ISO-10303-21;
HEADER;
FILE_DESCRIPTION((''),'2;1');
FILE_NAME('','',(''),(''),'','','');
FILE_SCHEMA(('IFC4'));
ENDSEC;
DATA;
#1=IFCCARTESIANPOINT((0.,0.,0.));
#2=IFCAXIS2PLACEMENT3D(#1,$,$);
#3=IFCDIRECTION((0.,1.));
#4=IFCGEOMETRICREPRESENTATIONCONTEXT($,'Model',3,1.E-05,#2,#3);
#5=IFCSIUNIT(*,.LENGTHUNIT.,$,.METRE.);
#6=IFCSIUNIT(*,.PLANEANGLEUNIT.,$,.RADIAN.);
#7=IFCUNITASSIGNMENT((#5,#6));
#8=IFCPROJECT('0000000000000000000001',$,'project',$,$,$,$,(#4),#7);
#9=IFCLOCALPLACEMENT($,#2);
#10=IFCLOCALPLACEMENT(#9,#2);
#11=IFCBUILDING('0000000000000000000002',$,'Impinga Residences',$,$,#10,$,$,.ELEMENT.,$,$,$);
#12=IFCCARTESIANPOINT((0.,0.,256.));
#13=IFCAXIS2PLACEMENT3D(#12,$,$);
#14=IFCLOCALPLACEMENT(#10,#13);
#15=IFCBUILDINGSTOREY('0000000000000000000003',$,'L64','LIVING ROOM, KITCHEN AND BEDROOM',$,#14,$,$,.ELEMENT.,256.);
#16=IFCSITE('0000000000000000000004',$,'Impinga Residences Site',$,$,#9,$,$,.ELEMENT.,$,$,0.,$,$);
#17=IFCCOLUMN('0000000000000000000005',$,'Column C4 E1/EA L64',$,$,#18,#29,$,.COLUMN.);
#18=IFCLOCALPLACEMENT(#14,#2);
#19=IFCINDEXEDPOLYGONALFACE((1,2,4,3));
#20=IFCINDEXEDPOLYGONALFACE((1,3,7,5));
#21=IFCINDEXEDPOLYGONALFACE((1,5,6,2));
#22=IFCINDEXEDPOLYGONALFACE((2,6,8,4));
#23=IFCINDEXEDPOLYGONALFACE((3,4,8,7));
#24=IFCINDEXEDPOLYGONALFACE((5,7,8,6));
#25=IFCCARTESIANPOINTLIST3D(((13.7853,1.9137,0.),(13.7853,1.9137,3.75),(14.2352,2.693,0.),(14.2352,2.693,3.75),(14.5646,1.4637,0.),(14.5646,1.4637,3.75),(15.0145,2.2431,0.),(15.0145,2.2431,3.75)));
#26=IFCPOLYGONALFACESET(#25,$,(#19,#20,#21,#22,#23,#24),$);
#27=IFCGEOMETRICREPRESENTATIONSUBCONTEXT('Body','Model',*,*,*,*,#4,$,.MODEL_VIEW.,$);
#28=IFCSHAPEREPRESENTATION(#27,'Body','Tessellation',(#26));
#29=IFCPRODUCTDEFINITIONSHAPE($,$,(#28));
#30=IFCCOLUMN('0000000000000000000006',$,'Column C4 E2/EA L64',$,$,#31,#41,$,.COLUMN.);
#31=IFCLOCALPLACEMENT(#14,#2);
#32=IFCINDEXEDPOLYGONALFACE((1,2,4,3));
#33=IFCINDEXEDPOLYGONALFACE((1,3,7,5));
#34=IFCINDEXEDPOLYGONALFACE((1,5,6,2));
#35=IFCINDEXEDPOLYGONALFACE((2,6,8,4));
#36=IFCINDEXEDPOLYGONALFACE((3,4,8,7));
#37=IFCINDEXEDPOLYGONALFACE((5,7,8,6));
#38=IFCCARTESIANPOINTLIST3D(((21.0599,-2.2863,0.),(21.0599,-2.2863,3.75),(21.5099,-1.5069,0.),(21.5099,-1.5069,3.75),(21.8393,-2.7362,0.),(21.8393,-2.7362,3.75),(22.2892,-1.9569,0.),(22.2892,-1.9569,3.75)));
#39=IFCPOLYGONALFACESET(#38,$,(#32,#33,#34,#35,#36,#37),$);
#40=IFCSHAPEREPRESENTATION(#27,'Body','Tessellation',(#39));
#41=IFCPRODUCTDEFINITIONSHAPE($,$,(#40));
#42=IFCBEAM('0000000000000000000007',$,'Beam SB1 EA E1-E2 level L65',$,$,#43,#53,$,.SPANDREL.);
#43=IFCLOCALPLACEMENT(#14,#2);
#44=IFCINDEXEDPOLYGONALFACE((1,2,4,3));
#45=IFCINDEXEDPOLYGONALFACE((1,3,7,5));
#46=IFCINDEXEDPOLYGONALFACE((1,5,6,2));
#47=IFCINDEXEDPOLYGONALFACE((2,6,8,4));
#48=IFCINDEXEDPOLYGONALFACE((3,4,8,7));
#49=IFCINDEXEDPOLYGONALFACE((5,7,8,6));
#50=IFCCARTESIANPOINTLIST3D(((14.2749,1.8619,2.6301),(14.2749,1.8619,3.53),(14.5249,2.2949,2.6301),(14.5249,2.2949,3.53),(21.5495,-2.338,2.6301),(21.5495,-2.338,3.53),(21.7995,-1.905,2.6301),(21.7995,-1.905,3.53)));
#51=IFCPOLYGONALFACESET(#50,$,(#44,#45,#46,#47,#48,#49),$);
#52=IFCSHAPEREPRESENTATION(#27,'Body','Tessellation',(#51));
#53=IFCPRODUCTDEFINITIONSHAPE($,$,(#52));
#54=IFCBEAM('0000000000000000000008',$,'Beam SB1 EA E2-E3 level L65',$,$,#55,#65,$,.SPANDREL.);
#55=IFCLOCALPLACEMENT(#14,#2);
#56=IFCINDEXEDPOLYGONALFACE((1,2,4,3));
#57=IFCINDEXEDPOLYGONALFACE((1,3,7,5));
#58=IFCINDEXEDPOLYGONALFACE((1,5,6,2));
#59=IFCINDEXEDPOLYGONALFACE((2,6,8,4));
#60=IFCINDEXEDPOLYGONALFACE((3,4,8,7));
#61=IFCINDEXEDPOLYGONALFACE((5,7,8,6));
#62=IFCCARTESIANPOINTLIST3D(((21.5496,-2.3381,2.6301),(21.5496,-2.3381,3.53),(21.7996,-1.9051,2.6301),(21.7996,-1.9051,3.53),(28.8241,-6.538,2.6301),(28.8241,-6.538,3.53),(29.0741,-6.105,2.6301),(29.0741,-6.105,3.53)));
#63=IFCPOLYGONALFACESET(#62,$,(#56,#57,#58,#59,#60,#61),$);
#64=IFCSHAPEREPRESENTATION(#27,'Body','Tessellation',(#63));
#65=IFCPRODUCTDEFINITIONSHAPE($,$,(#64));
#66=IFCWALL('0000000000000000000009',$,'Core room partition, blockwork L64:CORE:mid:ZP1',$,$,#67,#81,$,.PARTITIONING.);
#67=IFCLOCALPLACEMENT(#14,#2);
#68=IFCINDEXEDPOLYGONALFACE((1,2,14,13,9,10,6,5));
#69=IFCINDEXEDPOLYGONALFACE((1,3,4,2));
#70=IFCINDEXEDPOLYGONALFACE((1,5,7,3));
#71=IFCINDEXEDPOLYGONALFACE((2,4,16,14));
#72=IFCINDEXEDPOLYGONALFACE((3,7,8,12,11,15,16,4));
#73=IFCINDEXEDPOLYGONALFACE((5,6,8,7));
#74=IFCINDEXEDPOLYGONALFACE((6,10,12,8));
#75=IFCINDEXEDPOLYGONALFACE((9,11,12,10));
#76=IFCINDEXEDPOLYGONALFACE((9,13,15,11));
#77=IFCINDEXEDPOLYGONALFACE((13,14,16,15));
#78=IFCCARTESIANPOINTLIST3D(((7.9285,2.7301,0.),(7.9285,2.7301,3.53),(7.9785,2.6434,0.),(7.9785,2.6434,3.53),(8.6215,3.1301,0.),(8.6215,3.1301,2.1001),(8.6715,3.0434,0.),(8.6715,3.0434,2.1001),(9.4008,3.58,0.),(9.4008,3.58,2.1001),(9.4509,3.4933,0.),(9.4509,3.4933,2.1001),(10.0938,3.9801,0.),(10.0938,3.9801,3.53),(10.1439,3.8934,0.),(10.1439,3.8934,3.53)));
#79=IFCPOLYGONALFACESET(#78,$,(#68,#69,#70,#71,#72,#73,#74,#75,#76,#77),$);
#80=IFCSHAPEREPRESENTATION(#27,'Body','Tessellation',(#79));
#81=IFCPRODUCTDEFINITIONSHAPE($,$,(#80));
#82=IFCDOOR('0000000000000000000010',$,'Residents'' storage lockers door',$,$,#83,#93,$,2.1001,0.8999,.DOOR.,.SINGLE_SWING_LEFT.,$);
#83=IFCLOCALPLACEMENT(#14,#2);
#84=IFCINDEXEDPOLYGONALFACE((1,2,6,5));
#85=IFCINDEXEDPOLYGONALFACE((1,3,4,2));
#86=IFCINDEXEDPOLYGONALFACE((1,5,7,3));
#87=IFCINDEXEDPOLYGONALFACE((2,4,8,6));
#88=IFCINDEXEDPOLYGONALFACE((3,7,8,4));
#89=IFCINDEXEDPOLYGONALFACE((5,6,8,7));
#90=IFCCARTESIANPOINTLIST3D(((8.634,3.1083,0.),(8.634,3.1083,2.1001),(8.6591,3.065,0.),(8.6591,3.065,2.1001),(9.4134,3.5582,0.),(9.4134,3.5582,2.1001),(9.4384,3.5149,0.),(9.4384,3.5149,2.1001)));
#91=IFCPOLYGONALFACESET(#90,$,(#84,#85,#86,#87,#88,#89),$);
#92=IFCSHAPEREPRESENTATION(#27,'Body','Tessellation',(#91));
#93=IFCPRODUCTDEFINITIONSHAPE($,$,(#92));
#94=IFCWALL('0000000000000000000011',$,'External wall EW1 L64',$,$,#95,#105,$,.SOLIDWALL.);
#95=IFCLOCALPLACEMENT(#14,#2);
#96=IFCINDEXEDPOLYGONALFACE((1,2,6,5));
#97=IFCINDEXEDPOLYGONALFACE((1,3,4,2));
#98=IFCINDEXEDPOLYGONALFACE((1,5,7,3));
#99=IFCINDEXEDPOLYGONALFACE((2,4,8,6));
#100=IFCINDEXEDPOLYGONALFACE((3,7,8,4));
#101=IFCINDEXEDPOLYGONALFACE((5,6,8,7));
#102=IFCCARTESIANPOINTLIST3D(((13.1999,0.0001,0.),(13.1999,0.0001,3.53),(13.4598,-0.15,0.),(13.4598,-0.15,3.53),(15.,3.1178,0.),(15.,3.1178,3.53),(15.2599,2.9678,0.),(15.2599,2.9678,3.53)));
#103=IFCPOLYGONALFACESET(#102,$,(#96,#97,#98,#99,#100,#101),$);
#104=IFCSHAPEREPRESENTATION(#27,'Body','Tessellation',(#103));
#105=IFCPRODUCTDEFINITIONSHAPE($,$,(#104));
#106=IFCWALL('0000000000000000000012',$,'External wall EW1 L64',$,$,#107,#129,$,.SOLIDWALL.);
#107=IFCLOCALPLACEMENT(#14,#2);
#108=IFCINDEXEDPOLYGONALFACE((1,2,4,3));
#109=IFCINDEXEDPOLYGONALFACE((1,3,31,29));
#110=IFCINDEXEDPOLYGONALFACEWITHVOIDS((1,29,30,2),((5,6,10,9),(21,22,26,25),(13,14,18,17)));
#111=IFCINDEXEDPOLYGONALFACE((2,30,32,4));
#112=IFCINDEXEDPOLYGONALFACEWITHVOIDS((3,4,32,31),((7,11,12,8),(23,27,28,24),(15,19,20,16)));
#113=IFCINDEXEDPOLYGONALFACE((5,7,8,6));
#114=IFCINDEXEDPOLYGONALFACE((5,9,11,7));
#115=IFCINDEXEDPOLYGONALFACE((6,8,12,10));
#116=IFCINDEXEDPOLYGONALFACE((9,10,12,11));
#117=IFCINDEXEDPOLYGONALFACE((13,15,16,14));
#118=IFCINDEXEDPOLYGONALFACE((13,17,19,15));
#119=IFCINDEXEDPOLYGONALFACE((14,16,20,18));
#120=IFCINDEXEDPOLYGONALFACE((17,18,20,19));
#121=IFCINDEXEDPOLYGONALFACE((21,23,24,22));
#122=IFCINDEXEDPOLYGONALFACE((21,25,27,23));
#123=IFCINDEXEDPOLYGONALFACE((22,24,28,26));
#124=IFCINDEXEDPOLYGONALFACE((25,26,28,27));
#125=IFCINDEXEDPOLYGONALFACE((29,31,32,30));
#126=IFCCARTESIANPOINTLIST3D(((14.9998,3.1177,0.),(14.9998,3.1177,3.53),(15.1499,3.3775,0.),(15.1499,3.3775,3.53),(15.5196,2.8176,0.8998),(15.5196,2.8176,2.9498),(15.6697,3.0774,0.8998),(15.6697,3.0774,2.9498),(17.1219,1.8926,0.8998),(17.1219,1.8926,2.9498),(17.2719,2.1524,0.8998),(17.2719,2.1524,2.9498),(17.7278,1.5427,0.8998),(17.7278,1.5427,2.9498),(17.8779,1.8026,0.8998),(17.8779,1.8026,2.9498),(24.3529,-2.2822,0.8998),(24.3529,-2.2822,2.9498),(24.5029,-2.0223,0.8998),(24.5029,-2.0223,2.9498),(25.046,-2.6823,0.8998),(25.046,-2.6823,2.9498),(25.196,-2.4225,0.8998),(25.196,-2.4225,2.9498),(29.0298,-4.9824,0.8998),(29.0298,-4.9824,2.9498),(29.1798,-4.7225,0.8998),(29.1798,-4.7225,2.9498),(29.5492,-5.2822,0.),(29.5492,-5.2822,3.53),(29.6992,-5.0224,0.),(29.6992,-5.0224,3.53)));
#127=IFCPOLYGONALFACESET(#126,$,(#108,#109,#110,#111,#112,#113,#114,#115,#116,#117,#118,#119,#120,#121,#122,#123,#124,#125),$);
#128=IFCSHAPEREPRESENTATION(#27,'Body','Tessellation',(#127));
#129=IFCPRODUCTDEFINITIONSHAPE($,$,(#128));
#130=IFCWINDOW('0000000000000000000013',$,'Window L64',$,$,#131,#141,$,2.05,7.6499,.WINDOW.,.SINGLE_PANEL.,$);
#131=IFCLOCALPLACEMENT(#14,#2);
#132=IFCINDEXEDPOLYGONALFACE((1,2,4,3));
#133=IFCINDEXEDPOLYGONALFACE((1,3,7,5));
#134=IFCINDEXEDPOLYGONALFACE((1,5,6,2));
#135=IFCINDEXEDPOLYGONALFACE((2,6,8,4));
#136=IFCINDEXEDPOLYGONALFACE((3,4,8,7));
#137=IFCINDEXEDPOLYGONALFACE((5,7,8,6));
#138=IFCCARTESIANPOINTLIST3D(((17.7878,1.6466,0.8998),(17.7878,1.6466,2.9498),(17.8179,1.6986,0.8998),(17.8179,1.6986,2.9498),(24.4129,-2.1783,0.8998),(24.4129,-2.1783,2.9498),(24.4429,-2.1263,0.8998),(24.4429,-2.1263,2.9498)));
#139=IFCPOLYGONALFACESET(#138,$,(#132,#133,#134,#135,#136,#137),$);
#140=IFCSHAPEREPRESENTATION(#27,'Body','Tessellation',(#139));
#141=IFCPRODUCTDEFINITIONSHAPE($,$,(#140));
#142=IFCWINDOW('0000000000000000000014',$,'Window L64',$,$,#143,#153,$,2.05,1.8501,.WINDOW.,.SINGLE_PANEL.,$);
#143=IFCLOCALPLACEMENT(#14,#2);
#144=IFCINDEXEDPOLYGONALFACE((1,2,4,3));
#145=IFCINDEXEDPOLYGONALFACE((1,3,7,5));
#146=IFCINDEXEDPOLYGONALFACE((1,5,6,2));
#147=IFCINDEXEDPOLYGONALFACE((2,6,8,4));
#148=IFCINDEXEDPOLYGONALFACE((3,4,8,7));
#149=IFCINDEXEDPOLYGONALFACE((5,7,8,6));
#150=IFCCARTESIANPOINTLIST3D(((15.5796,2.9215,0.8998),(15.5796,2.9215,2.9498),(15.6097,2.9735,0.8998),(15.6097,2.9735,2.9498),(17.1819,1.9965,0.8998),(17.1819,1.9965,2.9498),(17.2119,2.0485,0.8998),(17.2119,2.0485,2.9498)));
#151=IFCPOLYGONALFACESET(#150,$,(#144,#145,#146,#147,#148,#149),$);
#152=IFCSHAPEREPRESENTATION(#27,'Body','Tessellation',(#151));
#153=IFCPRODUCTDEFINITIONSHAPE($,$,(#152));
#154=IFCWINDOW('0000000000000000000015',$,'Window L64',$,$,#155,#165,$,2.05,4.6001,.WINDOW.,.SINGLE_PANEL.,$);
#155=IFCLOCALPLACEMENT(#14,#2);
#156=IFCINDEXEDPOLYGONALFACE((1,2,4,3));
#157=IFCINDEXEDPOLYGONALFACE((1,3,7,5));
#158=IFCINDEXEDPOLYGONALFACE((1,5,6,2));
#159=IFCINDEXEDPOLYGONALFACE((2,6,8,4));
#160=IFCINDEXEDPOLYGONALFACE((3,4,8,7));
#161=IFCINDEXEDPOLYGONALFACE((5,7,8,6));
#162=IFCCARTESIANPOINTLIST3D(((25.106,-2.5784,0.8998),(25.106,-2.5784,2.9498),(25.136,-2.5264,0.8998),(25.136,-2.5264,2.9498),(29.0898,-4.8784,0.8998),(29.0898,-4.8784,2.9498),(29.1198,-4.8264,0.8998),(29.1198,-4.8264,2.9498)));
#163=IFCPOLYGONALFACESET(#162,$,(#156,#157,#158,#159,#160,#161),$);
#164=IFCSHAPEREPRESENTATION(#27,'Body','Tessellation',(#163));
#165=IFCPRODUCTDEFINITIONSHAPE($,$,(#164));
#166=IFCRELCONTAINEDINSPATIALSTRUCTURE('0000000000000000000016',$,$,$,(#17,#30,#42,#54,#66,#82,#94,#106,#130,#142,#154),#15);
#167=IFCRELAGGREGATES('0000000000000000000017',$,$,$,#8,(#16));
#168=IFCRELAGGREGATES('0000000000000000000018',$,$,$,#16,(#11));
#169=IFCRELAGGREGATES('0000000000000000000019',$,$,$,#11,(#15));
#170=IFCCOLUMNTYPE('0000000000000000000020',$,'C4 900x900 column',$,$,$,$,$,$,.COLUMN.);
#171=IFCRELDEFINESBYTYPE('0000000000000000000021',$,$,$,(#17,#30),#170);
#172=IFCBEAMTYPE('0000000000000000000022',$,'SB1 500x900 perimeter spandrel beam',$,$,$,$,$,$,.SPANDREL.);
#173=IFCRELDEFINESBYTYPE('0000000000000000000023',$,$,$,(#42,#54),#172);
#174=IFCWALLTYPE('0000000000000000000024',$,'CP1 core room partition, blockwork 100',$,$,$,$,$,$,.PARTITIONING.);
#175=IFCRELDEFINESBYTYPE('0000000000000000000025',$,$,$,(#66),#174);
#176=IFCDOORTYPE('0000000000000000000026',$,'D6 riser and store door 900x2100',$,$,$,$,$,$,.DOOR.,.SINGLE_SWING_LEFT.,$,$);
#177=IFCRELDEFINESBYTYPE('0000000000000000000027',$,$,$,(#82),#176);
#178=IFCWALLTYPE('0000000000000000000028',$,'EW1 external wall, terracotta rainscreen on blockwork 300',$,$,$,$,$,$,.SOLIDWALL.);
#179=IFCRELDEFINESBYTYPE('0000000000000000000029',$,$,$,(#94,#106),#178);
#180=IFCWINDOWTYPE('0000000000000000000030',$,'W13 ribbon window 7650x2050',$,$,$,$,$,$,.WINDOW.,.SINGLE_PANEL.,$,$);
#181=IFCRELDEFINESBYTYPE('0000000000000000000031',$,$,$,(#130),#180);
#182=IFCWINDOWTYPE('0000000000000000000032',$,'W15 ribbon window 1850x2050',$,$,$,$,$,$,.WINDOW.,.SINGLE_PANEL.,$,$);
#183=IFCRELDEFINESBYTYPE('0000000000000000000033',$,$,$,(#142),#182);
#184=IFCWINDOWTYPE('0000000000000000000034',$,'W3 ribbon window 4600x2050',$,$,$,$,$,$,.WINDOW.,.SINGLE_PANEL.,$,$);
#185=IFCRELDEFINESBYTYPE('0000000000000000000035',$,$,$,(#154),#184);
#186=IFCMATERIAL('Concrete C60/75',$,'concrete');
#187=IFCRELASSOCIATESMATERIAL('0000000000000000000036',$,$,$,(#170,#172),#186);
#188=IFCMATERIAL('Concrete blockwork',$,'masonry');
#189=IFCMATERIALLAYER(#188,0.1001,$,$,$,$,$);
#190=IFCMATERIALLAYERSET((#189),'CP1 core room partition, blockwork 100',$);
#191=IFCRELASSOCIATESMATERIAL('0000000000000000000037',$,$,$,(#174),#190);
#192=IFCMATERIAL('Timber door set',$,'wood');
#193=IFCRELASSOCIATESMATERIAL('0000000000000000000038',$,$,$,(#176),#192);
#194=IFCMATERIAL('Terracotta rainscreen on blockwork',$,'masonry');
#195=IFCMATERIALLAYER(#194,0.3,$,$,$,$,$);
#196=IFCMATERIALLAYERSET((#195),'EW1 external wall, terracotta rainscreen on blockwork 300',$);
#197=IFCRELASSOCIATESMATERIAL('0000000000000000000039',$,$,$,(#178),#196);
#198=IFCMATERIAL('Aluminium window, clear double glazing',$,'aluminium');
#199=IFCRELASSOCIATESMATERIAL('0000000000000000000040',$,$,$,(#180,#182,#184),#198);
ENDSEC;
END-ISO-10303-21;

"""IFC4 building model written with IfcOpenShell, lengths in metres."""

from ifc_helpers import new_model, si_unit, direction, frame, frame_2d, origin, origin_2d, place, context, subcontext, project, spatial, rectangle, extrude, material, layer, layer_set, material_profile, profile_set, type_object, element, fill, save


model = new_model("IFC4")

# Units and contexts
model_context = context("Model", 3, precision=1e-05, world=origin(), true_north=direction((0.0, 1.0)))
body_context = subcontext(model_context, "Body", "Model", "MODEL_VIEW")
ifc_project = project(units=[si_unit("LENGTHUNIT", "METRE"), si_unit("PLANEANGLEUNIT", "RADIAN")], contexts=[model_context])

# Site, building, storey
site_placement = place(None, origin())
site = spatial("IfcSite", under=ifc_project, at=site_placement, Name="Impinga Residences Site", CompositionType="ELEMENT", RefElevation=0.0)
building_placement = place(site_placement, origin())
building = spatial("IfcBuilding", under=site, at=building_placement, Name="Impinga Residences", CompositionType="ELEMENT")
storey_placement = place(building_placement, frame((0.0, 0.0, 256.0)))
storey = spatial("IfcBuildingStorey", under=building, at=storey_placement, Name="L64", Description="LIVING ROOM, KITCHEN AND BEDROOM", CompositionType="ELEMENT", Elevation=256.0)

# Columns
ifc_material_1 = material(Name="Concrete C60/75", Category="concrete")
ifc_material_profile_1 = material_profile(ifc_material_1, rectangle(XDim=0.8999, YDim=0.8999, at=origin_2d()), Name="RC 900x900")
ifc_profile_set_1 = profile_set([ifc_material_profile_1], Name="Concrete C60/75")
column_type = type_object("IfcColumnType", Name="C4 900x900 column", PredefinedType="COLUMN", material=ifc_profile_set_1)
for number, where, z_axis, x_axis, name in (
    (1, (14.3999, 2.0784, 0.0), (0.0, 0.0, 1.0), (-0.5, -0.866025, 0.0), "Column C4 E1/EA L64"),
    (2, (21.6746, -2.1216, 0.0), (0.0, 0.0, 1.0), (-0.5, -0.866025, 0.0), "Column C4 E2/EA L64"),
):
    element("IfcColumn", number, at=place(storey_placement, frame(where, z_axis=z_axis, x_axis=x_axis)), inside=storey, type_object=column_type, Name=name, PredefinedType="COLUMN", context=body_context, shape_type="SweptSolid", body=[
        extrude(rectangle(XDim=0.8999, YDim=0.8999, at=origin_2d()), origin(), (0.0, 0.0, 1.0), 3.75),
    ])

# Beams
ifc_material_profile_2 = material_profile(ifc_material_1, rectangle(XDim=0.5, YDim=0.8999, at=origin_2d()), Name="RC 500x900")
ifc_profile_set_2 = profile_set([ifc_material_profile_2], Name="Concrete C60/75")
beam_type = type_object("IfcBeamType", Name="SB1 500x900 perimeter spandrel beam", PredefinedType="SPANDREL", material=ifc_profile_set_2)
for number, where, z_axis, x_axis, name in (
    (3, (14.3999, 2.0784, 3.0801), (0.866029, -0.499993, 0.0), (0.499993, 0.866029, 0.0), "Beam SB1 EA E1-E2 level L65"),
    (4, (21.6746, -2.1216, 3.0801), (0.866029, -0.499993, 0.0), (0.499993, 0.866029, 0.0), "Beam SB1 EA E2-E3 level L65"),
):
    element("IfcBeam", number, at=place(storey_placement, frame(where, z_axis=z_axis, x_axis=x_axis)), inside=storey, type_object=beam_type, Name=name, PredefinedType="SPANDREL", context=body_context, shape_type="SweptSolid", body=[
        extrude(rectangle(XDim=0.5, YDim=0.8999, at=origin_2d()), origin(), (0.0, 0.0, 1.0), 8.3999),
    ])

# Wall, opening, door
ifc_material_2 = material(Name="Concrete blockwork", Category="masonry")
ifc_layer_1 = layer(ifc_material_2, 0.1001)
ifc_layer_set_1 = layer_set([ifc_layer_1], Name="CP1 core room partition, blockwork 100")
wall_type_1 = type_object("IfcWallType", Name="CP1 core room partition, blockwork 100", PredefinedType="PARTITIONING", material=ifc_layer_set_1)
wall_1_placement = place(storey_placement, frame((7.9536, 2.6868, 0.0), z_axis=(0.0, 0.0, 1.0), x_axis=(0.866047, 0.499962, 0.0)))
wall_1 = element("IfcWall", 5, at=wall_1_placement, inside=storey, type_object=wall_type_1, Name="Core room partition, blockwork L64:CORE:mid:ZP1", PredefinedType="PARTITIONING", context=body_context, shape_type="SweptSolid", body=[
    extrude(rectangle(XDim=2.5002, YDim=0.1001, at=frame_2d((1.25, 0.0))), origin(), (0.0, 0.0, 1.0), 3.53),
])
opening_1_placement = place(wall_1_placement, frame((0.8, 0.0, 0.0)))
opening_1 = element("IfcOpeningElement", 6, at=opening_1_placement, cuts=wall_1, PredefinedType="OPENING", context=body_context, shape_type="SweptSolid", body=[
    extrude(rectangle(XDim=0.8999, YDim=2.1001, at=frame_2d((0.45, 1.05))), frame((0.0, 0.0601, 0.0), z_axis=(0.0, -1.0, 0.0), x_axis=(1.0, 0.0, 0.0)), (0.0, 0.0, 1.0), 0.1201),
])
ifc_material_3 = material(Name="Timber door set", Category="wood")
door_type_1 = type_object("IfcDoorType", Name="D6 riser and store door 900x2100", OperationType="SINGLE_SWING_LEFT", PredefinedType="DOOR", material=ifc_material_3)
door_1_placement = place(opening_1_placement, origin())
door_1 = element("IfcDoor", 7, at=door_1_placement, inside=storey, type_object=door_type_1, Name="Residents' storage lockers door", OperationType="SINGLE_SWING_LEFT", OverallHeight=2.1001, OverallWidth=0.8999, PredefinedType="DOOR", context=body_context, shape_type="SweptSolid", body=[
    extrude(rectangle(XDim=0.8999, YDim=2.1001, at=frame_2d((0.45, 1.05))), frame((0.0, 0.0249, 0.0), z_axis=(0.0, -1.0, 0.0), x_axis=(1.0, 0.0, 0.0)), (0.0, 0.0, 1.0), 0.05),
])
fill(opening_1, door_1)

# Wall
ifc_material_4 = material(Name="Terracotta rainscreen on blockwork", Category="masonry")
ifc_layer_2 = layer(ifc_material_4, 0.3)
ifc_layer_set_2 = layer_set([ifc_layer_2], Name="EW1 external wall, terracotta rainscreen on blockwork 300")
wall_type_2 = type_object("IfcWallType", Name="EW1 external wall, terracotta rainscreen on blockwork 300", PredefinedType="SOLIDWALL", material=ifc_layer_set_2)
wall_2_placement = place(storey_placement, frame((13.3298, -0.075, 0.0), z_axis=(0.0, 0.0, 1.0), x_axis=(0.500012, 0.866018, 0.0)))
element("IfcWall", 8, at=wall_2_placement, inside=storey, type_object=wall_type_2, Name="External wall EW1 L64", PredefinedType="SOLIDWALL", context=body_context, shape_type="SweptSolid", body=[
    extrude(rectangle(XDim=3.6001, YDim=0.3, at=frame_2d((1.8, 0.0))), origin(), (0.0, 0.0, 1.0), 3.53),
])

# Wall, openings, windows
wall_3_placement = place(storey_placement, frame((15.075, 3.2476, 0.0), z_axis=(0.0, 0.0, 1.0), x_axis=(0.866029, -0.499993, 0.0)))
wall_3 = element("IfcWall", 9, at=wall_3_placement, inside=storey, type_object=wall_type_2, Name="External wall EW1 L64", PredefinedType="SOLIDWALL", context=body_context, shape_type="SweptSolid", body=[
    extrude(rectangle(XDim=16.8, YDim=0.3, at=frame_2d((8.3999, 0.0))), origin(), (0.0, 0.0, 1.0), 3.53),
])
opening_2_placement = place(wall_3_placement, frame((0.6001, 0.0, 0.8999)))
opening_2 = element("IfcOpeningElement", 10, at=opening_2_placement, cuts=wall_3, PredefinedType="OPENING", context=body_context, shape_type="SweptSolid", body=[
    extrude(rectangle(XDim=1.8501, YDim=2.05, at=frame_2d((0.925, 1.0249))), frame((0.0, 0.1599, 0.0), z_axis=(0.0, -1.0, 0.0), x_axis=(1.0, 0.0, 0.0)), (0.0, 0.0, 1.0), 0.3201),
])
opening_3_placement = place(wall_3_placement, frame((3.1499, 0.0, 0.8999)))
opening_3 = element("IfcOpeningElement", 11, at=opening_3_placement, cuts=wall_3, PredefinedType="OPENING", context=body_context, shape_type="SweptSolid", body=[
    extrude(rectangle(XDim=7.6499, YDim=2.05, at=frame_2d((3.825, 1.0249))), frame((0.0, 0.1599, 0.0), z_axis=(0.0, -1.0, 0.0), x_axis=(1.0, 0.0, 0.0)), (0.0, 0.0, 1.0), 0.3201),
])
opening_4_placement = place(wall_3_placement, frame((11.6001, 0.0, 0.8999)))
opening_4 = element("IfcOpeningElement", 12, at=opening_4_placement, cuts=wall_3, PredefinedType="OPENING", context=body_context, shape_type="SweptSolid", body=[
    extrude(rectangle(XDim=4.6001, YDim=2.05, at=frame_2d((2.3, 1.0249))), frame((0.0, 0.1599, 0.0), z_axis=(0.0, -1.0, 0.0), x_axis=(1.0, 0.0, 0.0)), (0.0, 0.0, 1.0), 0.3201),
])
ifc_material_5 = material(Name="Aluminium window, clear double glazing", Category="aluminium")
window_type_1 = type_object("IfcWindowType", Name="W13 ribbon window 7650x2050", PartitioningType="SINGLE_PANEL", PredefinedType="WINDOW", material=ifc_material_5)
window_1_placement = place(opening_3_placement, origin())
window_1 = element("IfcWindow", 13, at=window_1_placement, inside=storey, type_object=window_type_1, Name="Window L64", OverallHeight=2.05, OverallWidth=7.6499, PartitioningType="SINGLE_PANEL", PredefinedType="WINDOW", context=body_context, shape_type="SweptSolid", body=[
    extrude(rectangle(XDim=7.6499, YDim=2.05, at=frame_2d((3.825, 1.0249))), frame((0.0, 0.03, 0.0), z_axis=(0.0, -1.0, 0.0), x_axis=(1.0, 0.0, 0.0)), (0.0, 0.0, 1.0), 0.0601),
])
fill(opening_3, window_1)
window_type_2 = type_object("IfcWindowType", Name="W15 ribbon window 1850x2050", PartitioningType="SINGLE_PANEL", PredefinedType="WINDOW", material=ifc_material_5)
window_2_placement = place(opening_2_placement, origin())
window_2 = element("IfcWindow", 14, at=window_2_placement, inside=storey, type_object=window_type_2, Name="Window L64", OverallHeight=2.05, OverallWidth=1.8501, PartitioningType="SINGLE_PANEL", PredefinedType="WINDOW", context=body_context, shape_type="SweptSolid", body=[
    extrude(rectangle(XDim=1.8501, YDim=2.05, at=frame_2d((0.925, 1.0249))), frame((0.0, 0.03, 0.0), z_axis=(0.0, -1.0, 0.0), x_axis=(1.0, 0.0, 0.0)), (0.0, 0.0, 1.0), 0.0601),
])
fill(opening_2, window_2)
window_type_3 = type_object("IfcWindowType", Name="W3 ribbon window 4600x2050", PartitioningType="SINGLE_PANEL", PredefinedType="WINDOW", material=ifc_material_5)
window_3_placement = place(opening_4_placement, origin())
window_3 = element("IfcWindow", 15, at=window_3_placement, inside=storey, type_object=window_type_3, Name="Window L64", OverallHeight=2.05, OverallWidth=4.6001, PartitioningType="SINGLE_PANEL", PredefinedType="WINDOW", context=body_context, shape_type="SweptSolid", body=[
    extrude(rectangle(XDim=4.6001, YDim=2.05, at=frame_2d((2.3, 1.0249))), frame((0.0, 0.03, 0.0), z_axis=(0.0, -1.0, 0.0), x_axis=(1.0, 0.0, 0.0)), (0.0, 0.0, 1.0), 0.0601),
])
fill(opening_4, window_3)

save(model, "model.ifc")
